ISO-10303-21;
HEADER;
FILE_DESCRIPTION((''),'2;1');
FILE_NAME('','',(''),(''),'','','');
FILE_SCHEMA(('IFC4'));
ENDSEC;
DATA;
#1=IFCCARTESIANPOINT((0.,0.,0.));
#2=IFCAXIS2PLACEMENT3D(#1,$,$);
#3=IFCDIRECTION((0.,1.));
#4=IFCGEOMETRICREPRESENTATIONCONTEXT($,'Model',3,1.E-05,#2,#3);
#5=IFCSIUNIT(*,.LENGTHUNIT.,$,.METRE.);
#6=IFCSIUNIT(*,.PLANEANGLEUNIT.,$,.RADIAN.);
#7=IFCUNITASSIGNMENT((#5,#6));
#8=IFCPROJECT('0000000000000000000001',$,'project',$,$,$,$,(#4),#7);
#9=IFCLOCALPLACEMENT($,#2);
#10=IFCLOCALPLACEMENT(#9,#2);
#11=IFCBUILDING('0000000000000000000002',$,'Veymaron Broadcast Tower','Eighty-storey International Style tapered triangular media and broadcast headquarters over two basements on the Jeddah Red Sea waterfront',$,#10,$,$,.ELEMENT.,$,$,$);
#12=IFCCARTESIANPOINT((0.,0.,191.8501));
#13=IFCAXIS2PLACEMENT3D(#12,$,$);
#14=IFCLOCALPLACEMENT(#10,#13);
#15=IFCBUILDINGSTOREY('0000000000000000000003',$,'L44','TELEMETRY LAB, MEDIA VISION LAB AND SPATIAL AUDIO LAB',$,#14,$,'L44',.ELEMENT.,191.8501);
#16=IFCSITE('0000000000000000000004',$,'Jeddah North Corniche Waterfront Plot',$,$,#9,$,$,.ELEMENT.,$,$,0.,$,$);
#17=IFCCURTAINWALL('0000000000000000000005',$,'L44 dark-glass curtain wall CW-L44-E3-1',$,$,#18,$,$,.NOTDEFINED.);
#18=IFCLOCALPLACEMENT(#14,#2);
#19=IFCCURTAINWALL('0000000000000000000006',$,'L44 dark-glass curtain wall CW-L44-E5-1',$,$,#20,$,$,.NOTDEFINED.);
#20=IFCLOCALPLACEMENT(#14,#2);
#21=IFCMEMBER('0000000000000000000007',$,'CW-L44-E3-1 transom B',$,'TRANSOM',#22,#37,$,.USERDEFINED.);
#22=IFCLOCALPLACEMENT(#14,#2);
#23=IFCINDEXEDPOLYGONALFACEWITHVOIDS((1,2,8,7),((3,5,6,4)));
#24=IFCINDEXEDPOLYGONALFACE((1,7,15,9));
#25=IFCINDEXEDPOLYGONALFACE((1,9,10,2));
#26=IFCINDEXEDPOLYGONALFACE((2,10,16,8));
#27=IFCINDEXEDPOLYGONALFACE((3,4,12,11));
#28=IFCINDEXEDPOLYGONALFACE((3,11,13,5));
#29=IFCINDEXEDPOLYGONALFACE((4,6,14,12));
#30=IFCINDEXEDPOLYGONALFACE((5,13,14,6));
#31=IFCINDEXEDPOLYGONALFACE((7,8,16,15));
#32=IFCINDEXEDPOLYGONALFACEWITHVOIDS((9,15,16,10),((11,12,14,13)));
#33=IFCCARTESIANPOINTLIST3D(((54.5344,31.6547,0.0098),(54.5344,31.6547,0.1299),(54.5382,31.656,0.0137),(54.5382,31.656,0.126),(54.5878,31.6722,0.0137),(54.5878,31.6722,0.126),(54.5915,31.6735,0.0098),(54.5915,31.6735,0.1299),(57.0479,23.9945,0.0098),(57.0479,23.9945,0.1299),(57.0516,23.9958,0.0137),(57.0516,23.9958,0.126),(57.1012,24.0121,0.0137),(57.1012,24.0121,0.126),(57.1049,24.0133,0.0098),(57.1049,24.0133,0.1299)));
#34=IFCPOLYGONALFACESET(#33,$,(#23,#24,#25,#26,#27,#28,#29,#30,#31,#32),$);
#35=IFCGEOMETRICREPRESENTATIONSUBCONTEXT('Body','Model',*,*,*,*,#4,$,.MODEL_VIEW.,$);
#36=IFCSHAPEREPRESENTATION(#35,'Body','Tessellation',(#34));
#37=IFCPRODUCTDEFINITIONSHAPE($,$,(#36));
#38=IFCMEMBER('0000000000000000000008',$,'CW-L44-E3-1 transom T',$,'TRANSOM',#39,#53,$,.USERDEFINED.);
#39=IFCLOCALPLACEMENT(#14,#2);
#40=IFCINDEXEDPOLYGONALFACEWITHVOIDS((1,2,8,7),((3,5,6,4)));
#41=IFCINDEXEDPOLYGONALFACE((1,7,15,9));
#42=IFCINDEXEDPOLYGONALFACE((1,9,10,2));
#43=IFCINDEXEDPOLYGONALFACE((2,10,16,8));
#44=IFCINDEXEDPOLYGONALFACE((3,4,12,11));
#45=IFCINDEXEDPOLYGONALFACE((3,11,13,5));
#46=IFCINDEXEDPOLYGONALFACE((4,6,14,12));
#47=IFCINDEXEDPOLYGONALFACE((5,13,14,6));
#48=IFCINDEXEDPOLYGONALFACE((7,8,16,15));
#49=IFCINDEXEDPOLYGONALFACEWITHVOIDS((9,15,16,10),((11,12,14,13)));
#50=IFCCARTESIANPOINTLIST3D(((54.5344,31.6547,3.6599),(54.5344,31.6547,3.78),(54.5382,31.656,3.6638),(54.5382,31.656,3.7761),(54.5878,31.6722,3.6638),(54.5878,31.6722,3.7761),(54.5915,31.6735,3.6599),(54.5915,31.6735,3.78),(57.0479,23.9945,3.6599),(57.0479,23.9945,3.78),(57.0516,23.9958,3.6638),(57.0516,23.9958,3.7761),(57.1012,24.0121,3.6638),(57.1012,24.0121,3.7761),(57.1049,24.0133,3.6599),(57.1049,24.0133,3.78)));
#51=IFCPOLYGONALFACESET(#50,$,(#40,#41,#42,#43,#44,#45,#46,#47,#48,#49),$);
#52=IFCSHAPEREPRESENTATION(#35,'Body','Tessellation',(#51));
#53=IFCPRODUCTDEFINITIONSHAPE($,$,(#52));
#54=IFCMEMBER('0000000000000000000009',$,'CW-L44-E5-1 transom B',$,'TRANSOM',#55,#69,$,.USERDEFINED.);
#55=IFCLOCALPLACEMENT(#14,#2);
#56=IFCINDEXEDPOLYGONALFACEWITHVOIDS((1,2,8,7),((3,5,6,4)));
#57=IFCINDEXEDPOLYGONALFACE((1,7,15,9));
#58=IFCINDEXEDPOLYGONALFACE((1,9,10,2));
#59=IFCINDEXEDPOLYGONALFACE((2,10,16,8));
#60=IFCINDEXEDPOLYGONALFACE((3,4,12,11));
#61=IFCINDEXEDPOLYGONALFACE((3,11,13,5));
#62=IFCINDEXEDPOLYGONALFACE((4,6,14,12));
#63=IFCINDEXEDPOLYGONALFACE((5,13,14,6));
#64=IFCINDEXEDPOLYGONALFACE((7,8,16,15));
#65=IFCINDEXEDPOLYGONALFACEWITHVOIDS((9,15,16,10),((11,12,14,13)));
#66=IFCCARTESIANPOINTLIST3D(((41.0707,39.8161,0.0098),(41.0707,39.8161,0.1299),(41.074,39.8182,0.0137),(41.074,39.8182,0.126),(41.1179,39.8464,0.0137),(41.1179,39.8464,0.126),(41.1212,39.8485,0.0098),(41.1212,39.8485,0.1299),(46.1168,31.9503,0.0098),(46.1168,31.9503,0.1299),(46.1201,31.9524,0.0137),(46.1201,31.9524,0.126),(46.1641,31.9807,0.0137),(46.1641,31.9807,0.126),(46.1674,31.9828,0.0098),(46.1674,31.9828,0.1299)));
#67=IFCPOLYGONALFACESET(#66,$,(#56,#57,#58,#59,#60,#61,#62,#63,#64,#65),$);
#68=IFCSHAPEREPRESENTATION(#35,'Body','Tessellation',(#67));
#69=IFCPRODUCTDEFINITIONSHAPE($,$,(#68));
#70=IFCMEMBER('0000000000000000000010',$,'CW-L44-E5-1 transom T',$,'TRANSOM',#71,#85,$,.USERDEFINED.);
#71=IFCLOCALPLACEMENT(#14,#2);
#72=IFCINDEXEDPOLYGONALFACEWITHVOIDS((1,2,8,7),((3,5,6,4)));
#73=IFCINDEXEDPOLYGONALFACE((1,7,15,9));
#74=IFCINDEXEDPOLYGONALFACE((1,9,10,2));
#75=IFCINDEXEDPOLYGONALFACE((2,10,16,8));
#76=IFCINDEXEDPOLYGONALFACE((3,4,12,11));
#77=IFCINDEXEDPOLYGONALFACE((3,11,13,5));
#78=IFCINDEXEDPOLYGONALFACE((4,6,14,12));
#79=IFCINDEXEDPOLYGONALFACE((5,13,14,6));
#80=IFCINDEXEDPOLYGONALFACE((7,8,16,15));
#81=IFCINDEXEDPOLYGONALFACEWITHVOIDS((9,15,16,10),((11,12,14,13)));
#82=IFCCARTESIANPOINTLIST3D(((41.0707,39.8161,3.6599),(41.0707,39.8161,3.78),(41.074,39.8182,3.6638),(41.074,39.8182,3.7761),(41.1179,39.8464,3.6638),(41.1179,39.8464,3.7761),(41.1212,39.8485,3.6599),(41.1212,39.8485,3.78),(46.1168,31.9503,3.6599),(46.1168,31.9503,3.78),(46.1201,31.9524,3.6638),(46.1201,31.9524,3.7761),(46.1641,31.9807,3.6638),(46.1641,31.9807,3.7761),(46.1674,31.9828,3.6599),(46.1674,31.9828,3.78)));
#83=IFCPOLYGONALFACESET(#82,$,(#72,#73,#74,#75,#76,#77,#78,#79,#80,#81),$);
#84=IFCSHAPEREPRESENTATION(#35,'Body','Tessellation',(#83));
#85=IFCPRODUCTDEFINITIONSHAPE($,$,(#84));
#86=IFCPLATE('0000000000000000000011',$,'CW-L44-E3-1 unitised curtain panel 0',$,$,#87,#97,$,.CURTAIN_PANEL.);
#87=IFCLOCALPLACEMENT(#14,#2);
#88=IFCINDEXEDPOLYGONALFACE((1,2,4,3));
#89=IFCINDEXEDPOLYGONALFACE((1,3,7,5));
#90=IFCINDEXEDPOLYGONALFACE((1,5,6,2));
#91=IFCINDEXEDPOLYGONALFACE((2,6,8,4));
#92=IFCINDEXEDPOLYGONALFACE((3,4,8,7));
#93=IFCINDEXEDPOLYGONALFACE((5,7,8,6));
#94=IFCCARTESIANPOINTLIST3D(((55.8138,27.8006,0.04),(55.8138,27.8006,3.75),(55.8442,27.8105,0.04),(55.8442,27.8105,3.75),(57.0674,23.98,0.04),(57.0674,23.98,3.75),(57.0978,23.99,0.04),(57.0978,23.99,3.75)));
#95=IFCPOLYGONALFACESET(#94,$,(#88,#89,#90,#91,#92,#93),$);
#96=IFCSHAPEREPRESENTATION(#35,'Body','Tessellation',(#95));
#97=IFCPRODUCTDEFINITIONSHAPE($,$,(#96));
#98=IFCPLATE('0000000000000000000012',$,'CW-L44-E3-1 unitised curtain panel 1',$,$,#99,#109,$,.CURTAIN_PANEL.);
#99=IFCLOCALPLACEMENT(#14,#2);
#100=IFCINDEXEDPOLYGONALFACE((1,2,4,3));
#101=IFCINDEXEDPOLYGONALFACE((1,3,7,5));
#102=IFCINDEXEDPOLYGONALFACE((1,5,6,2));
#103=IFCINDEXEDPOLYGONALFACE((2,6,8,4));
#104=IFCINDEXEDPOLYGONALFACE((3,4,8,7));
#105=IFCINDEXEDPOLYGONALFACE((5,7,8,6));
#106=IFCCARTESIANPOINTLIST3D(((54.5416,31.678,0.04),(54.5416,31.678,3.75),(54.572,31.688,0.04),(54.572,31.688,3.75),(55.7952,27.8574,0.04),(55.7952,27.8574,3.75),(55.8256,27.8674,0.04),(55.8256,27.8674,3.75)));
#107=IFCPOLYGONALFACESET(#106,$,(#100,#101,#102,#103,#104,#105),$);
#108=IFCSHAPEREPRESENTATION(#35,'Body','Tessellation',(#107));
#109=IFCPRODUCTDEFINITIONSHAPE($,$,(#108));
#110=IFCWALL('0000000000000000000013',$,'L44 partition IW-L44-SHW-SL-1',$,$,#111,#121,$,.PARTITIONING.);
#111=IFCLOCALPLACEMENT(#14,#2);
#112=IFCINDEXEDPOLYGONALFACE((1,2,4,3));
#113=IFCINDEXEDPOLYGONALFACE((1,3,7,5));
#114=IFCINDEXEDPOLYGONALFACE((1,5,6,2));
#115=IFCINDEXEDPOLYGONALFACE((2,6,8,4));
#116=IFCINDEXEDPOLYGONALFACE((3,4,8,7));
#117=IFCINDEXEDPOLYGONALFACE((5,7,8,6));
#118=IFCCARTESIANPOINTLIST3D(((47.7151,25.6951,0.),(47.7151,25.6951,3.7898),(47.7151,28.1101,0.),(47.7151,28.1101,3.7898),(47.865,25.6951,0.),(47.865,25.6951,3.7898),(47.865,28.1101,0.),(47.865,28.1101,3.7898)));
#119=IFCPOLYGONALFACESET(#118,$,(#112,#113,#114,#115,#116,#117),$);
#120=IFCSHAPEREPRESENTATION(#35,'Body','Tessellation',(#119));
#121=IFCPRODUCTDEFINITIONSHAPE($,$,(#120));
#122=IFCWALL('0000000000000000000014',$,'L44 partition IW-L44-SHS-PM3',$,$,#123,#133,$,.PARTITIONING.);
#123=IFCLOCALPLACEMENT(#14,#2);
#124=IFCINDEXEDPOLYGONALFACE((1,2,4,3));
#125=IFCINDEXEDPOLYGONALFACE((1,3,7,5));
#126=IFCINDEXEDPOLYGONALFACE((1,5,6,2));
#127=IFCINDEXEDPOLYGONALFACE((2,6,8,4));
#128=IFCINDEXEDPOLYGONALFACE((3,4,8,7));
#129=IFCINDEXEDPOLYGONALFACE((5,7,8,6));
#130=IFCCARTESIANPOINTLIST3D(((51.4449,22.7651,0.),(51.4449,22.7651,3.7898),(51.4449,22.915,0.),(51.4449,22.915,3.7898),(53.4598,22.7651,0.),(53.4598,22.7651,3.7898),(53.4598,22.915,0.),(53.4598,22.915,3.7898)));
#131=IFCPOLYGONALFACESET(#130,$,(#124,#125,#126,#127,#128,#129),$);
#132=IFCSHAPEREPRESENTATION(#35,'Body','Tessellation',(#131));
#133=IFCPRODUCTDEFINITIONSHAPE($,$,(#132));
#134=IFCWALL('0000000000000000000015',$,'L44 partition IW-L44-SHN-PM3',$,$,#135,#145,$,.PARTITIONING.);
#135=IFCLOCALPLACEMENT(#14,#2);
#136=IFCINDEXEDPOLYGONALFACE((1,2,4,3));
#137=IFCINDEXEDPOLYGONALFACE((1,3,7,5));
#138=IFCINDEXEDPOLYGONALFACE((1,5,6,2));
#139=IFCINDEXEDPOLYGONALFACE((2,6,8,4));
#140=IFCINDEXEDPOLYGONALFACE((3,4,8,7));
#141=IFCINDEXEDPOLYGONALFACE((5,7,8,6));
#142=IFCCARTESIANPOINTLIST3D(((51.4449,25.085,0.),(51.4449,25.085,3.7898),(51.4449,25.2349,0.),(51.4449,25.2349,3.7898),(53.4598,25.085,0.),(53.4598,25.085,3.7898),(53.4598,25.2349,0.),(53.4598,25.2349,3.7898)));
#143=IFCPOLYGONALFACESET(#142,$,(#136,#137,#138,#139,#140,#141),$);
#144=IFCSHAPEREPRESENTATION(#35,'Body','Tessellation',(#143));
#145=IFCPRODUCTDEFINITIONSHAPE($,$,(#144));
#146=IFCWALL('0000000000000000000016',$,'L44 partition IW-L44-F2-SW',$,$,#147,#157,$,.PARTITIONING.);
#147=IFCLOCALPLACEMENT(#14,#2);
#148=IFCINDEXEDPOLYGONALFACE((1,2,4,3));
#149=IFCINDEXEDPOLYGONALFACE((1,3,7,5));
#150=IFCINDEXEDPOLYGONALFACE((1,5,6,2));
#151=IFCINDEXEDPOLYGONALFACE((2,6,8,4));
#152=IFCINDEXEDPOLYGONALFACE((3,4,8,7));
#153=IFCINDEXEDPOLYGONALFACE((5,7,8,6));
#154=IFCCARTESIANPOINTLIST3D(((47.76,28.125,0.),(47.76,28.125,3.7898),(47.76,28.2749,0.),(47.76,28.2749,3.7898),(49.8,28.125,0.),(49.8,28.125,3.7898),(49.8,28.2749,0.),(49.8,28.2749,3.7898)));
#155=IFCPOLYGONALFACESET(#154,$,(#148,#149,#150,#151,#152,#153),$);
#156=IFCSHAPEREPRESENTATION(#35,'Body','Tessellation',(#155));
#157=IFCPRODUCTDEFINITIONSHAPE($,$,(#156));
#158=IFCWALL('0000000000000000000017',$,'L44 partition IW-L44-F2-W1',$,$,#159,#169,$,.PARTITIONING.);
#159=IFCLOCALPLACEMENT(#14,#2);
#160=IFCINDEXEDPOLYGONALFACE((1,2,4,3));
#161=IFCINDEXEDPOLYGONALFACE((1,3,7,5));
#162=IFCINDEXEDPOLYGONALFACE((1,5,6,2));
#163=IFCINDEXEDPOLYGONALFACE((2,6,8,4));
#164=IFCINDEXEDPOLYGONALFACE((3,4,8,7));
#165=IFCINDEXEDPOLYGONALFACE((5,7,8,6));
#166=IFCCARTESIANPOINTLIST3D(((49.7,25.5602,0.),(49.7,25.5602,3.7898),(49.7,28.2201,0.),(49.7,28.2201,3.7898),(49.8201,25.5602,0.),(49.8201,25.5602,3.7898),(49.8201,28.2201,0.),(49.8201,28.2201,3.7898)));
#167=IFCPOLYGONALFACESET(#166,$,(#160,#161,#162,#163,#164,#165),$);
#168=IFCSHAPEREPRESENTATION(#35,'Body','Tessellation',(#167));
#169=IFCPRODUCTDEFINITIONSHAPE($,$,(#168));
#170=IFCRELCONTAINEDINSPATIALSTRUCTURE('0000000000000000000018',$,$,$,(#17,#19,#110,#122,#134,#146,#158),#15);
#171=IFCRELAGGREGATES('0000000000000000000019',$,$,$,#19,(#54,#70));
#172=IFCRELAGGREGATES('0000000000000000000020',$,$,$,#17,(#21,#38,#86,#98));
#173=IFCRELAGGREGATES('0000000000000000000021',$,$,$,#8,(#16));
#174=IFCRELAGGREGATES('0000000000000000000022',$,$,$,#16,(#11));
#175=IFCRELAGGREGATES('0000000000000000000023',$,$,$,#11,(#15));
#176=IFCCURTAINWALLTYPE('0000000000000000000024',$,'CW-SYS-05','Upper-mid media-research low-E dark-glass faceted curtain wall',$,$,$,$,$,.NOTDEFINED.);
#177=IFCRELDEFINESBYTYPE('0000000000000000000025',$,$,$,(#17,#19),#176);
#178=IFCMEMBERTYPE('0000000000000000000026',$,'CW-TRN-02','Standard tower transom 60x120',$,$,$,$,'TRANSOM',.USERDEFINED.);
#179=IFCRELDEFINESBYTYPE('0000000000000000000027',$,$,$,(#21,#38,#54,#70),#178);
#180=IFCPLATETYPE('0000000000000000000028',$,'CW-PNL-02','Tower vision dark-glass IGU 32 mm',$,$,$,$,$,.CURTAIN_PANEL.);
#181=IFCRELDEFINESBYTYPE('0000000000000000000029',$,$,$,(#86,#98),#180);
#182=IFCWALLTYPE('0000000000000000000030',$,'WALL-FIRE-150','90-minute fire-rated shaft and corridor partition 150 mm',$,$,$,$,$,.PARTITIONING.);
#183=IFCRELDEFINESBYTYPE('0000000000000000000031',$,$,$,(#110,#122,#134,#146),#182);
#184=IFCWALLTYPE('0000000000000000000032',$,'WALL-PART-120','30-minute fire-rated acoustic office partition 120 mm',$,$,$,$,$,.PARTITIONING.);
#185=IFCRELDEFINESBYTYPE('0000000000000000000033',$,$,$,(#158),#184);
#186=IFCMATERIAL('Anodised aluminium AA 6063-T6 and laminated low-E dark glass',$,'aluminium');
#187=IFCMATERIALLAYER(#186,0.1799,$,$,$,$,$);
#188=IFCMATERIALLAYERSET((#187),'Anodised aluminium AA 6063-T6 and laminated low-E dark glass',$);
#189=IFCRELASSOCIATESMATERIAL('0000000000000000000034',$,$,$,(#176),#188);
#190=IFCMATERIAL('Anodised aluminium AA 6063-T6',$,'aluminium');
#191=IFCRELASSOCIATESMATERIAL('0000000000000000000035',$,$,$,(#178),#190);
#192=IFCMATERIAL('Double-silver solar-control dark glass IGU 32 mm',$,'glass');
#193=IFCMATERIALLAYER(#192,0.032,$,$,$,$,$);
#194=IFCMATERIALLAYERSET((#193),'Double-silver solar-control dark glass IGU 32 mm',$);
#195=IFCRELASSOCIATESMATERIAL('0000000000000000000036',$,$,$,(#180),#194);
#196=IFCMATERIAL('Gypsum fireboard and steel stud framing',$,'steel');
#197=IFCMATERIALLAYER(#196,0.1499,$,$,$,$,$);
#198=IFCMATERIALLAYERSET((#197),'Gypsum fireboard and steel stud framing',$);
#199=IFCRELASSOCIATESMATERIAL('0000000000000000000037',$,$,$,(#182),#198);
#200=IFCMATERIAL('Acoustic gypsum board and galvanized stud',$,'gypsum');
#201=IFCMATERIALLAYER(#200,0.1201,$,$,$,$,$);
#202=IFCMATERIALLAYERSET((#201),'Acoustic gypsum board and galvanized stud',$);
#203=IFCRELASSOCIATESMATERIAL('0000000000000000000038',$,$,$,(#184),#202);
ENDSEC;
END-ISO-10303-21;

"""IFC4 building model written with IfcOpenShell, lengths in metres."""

from ifc_helpers import new_model, si_unit, direction, frame, frame_2d, origin, origin_2d, place, context, subcontext, project, spatial, rectangle, hollow_rectangle, extrude, material, layer, layer_set, material_profile, profile_set, type_object, element, aggregate, save


model = new_model("IFC4")

# Units and contexts
model_context = context("Model", 3, precision=1e-05, world=origin(), true_north=direction((0.0, 1.0)))
body_context = subcontext(model_context, "Body", "Model", "MODEL_VIEW")
ifc_project = project(units=[si_unit("LENGTHUNIT", "METRE"), si_unit("PLANEANGLEUNIT", "RADIAN")], contexts=[model_context])

# Site, building, storey
site_placement = place(None, origin())
site = spatial("IfcSite", under=ifc_project, at=site_placement, Name="Jeddah North Corniche Waterfront Plot", CompositionType="ELEMENT", RefElevation=0.0)
building_placement = place(site_placement, origin())
building = spatial("IfcBuilding", under=site, at=building_placement, Name="Veymaron Broadcast Tower", Description="Eighty-storey International Style tapered triangular media and broadcast headquarters over two basements on the Jeddah Red Sea waterfront", CompositionType="ELEMENT")
storey_placement = place(building_placement, frame((0.0, 0.0, 191.8501)))
storey = spatial("IfcBuildingStorey", under=building, at=storey_placement, Name="L44", Description="TELEMETRY LAB, MEDIA VISION LAB AND SPATIAL AUDIO LAB", LongName="L44", CompositionType="ELEMENT", Elevation=191.8501)

# Shared definitions
ifc_material_1 = material(Name="Anodised aluminium AA 6063-T6 and laminated low-E dark glass", Category="aluminium")
ifc_layer_1 = layer(ifc_material_1, 0.1799)
ifc_layer_set_1 = layer_set([ifc_layer_1], Name="Anodised aluminium AA 6063-T6 and laminated low-E dark glass")
curtain_wall_type = type_object("IfcCurtainWallType", Name="CW-SYS-05", Description="Upper-mid media-research low-E dark-glass faceted curtain wall", PredefinedType="NOTDEFINED", material=ifc_layer_set_1)
ifc_material_2 = material(Name="Anodised aluminium AA 6063-T6", Category="aluminium")

# Curtain wall
curtain_wall_1_placement = place(storey_placement, origin())
curtain_wall_1 = element("IfcCurtainWall", 1, at=curtain_wall_1_placement, inside=storey, type_object=curtain_wall_type, Name="L44 dark-glass curtain wall CW-L44-E3-1", PredefinedType="NOTDEFINED")

# Curtain wall
curtain_wall_2_placement = place(storey_placement, origin())
curtain_wall_2 = element("IfcCurtainWall", 2, at=curtain_wall_2_placement, inside=storey, type_object=curtain_wall_type, Name="L44 dark-glass curtain wall CW-L44-E5-1", PredefinedType="NOTDEFINED")

# Members
ifc_material_profile_1 = material_profile(ifc_material_2, hollow_rectangle(XDim=0.0601, YDim=0.1201, WallThickness=0.0039, at=origin_2d()), Name="AL120X60X4")
ifc_profile_set_1 = profile_set([ifc_material_profile_1], Name="Anodised aluminium AA 6063-T6")
member_type_1 = type_object("IfcMemberType", Name="CW-TRN-02", Description="Standard tower transom 60x120", ElementType="TRANSOM", PredefinedType="USERDEFINED", material=ifc_profile_set_1)
member_1_placement = place(storey_placement, frame((57.0764, 24.0039, 0.0698), z_axis=(-0.311764, 0.95016, 0.0), x_axis=(-0.95016, -0.311764, 0.0)))
member_1 = element("IfcMember", 3, at=member_1_placement, type_object=member_type_1, Name="CW-L44-E3-1 transom B", ObjectType="TRANSOM", PredefinedType="USERDEFINED", context=body_context, shape_type="SweptSolid", body=[
    extrude(hollow_rectangle(XDim=0.0601, YDim=0.1201, WallThickness=0.0039, at=origin_2d()), origin(), (0.0, 0.0, 1.0), 8.062),
])
member_2_placement = place(storey_placement, frame((57.0764, 24.0039, 3.72), z_axis=(-0.311764, 0.95016, 0.0), x_axis=(-0.95016, -0.311764, 0.0)))
member_2 = element("IfcMember", 4, at=member_2_placement, type_object=member_type_1, Name="CW-L44-E3-1 transom T", ObjectType="TRANSOM", PredefinedType="USERDEFINED", context=body_context, shape_type="SweptSolid", body=[
    extrude(hollow_rectangle(XDim=0.0601, YDim=0.1201, WallThickness=0.0039, at=origin_2d()), origin(), (0.0, 0.0, 1.0), 8.062),
])
member_3_placement = place(storey_placement, frame((46.1421, 31.9666, 0.0698), z_axis=(-0.53997, 0.841684, 0.0), x_axis=(-0.841684, -0.53997, 0.0)))
member_3 = element("IfcMember", 5, at=member_3_placement, type_object=member_type_1, Name="CW-L44-E5-1 transom B", ObjectType="TRANSOM", PredefinedType="USERDEFINED", context=body_context, shape_type="SweptSolid", body=[
    extrude(hollow_rectangle(XDim=0.0601, YDim=0.1201, WallThickness=0.0039, at=origin_2d()), origin(), (0.0, 0.0, 1.0), 9.3452),
])
member_4_placement = place(storey_placement, frame((46.1421, 31.9666, 3.72), z_axis=(-0.53997, 0.841684, 0.0), x_axis=(-0.841684, -0.53997, 0.0)))
member_4 = element("IfcMember", 6, at=member_4_placement, type_object=member_type_1, Name="CW-L44-E5-1 transom T", ObjectType="TRANSOM", PredefinedType="USERDEFINED", context=body_context, shape_type="SweptSolid", body=[
    extrude(hollow_rectangle(XDim=0.0601, YDim=0.1201, WallThickness=0.0039, at=origin_2d()), origin(), (0.0, 0.0, 1.0), 9.3452),
])
aggregate(curtain_wall_2, [member_3, member_4])

# Plates
ifc_material_3 = material(Name="Double-silver solar-control dark glass IGU 32 mm", Category="glass")
ifc_layer_2 = layer(ifc_material_3, 0.032)
ifc_layer_set_2 = layer_set([ifc_layer_2], Name="Double-silver solar-control dark glass IGU 32 mm")
plate_type = type_object("IfcPlateType", Name="CW-PNL-02", Description="Tower vision dark-glass IGU 32 mm", PredefinedType="CURTAIN_PANEL", material=ifc_layer_set_2)
plate_1_placement = place(storey_placement, frame((56.4558, 25.8953, 0.04), z_axis=(0.0, 0.0, 1.0), x_axis=(-0.311771, 0.950157, 0.0)))
plate_1 = element("IfcPlate", 7, at=plate_1_placement, type_object=plate_type, Name="CW-L44-E3-1 unitised curtain panel 0", PredefinedType="CURTAIN_PANEL", context=body_context, shape_type="SweptSolid", body=[
    extrude(rectangle(XDim=4.021, YDim=0.032, at=origin_2d()), origin(), (0.0, 0.0, 1.0), 3.71),
])
plate_2_placement = place(storey_placement, frame((55.1836, 29.7727, 0.04), z_axis=(0.0, 0.0, 1.0), x_axis=(-0.311771, 0.950157, 0.0)))
plate_2 = element("IfcPlate", 8, at=plate_2_placement, type_object=plate_type, Name="CW-L44-E3-1 unitised curtain panel 1", PredefinedType="CURTAIN_PANEL", context=body_context, shape_type="SweptSolid", body=[
    extrude(rectangle(XDim=4.021, YDim=0.032, at=origin_2d()), origin(), (0.0, 0.0, 1.0), 3.71),
])
aggregate(curtain_wall_1, [member_1, member_2, plate_1, plate_2])

# Shared definitions
ifc_material_4 = material(Name="Gypsum fireboard and steel stud framing", Category="steel")
ifc_layer_3 = layer(ifc_material_4, 0.1499)
ifc_layer_set_3 = layer_set([ifc_layer_3], Name="Gypsum fireboard and steel stud framing")
wall_type_1 = type_object("IfcWallType", Name="WALL-FIRE-150", Description="90-minute fire-rated shaft and corridor partition 150 mm", PredefinedType="PARTITIONING", material=ifc_layer_set_3)

# Wall
wall_1_placement = place(storey_placement, frame((47.79, 25.6951, 0.0), z_axis=(0.0, 0.0, 1.0), x_axis=(0.0, 1.0, 0.0)))
element("IfcWall", 9, at=wall_1_placement, inside=storey, type_object=wall_type_1, Name="L44 partition IW-L44-SHW-SL-1", PredefinedType="PARTITIONING", context=body_context, shape_type="SweptSolid", body=[
    extrude(rectangle(XDim=2.415, YDim=0.1499, at=frame_2d((1.2075, 0.0))), origin(), (0.0, 0.0, 1.0), 3.7898),
])

# Walls
for number, where, z_axis, x_axis, name in (
    (10, (51.4451, 22.8401, 0.0), (0.0, 0.0, 1.0), (1.0, 0.0, 0.0), "L44 partition IW-L44-SHS-PM3"),
    (11, (51.4451, 25.1599, 0.0), (0.0, 0.0, 1.0), (1.0, 0.0, 0.0), "L44 partition IW-L44-SHN-PM3"),
):
    element("IfcWall", number, at=place(storey_placement, frame(where, z_axis=z_axis, x_axis=x_axis)), inside=storey, type_object=wall_type_1, Name=name, PredefinedType="PARTITIONING", context=body_context, shape_type="SweptSolid", body=[
        extrude(rectangle(XDim=2.0149, YDim=0.1499, at=frame_2d((1.0073, 0.0))), origin(), (0.0, 0.0, 1.0), 3.7898),
    ])
wall_2_placement = place(storey_placement, frame((47.76, 28.2, 0.0), z_axis=(0.0, 0.0, 1.0), x_axis=(1.0, 0.0, 0.0)))
element("IfcWall", 12, at=wall_2_placement, inside=storey, type_object=wall_type_1, Name="L44 partition IW-L44-F2-SW", PredefinedType="PARTITIONING", context=body_context, shape_type="SweptSolid", body=[
    extrude(rectangle(XDim=2.04, YDim=0.1499, at=frame_2d((1.02, 0.0))), origin(), (0.0, 0.0, 1.0), 3.7898),
])
ifc_material_5 = material(Name="Acoustic gypsum board and galvanized stud", Category="gypsum")
ifc_layer_4 = layer(ifc_material_5, 0.1201)
ifc_layer_set_4 = layer_set([ifc_layer_4], Name="Acoustic gypsum board and galvanized stud")
wall_type_2 = type_object("IfcWallType", Name="WALL-PART-120", Description="30-minute fire-rated acoustic office partition 120 mm", PredefinedType="PARTITIONING", material=ifc_layer_set_4)
wall_3_placement = place(storey_placement, frame((49.76, 25.5601, 0.0), z_axis=(0.0, 0.0, 1.0), x_axis=(0.0, 1.0, 0.0)))
element("IfcWall", 13, at=wall_3_placement, inside=storey, type_object=wall_type_2, Name="L44 partition IW-L44-F2-W1", PredefinedType="PARTITIONING", context=body_context, shape_type="SweptSolid", body=[
    extrude(rectangle(XDim=2.6599, YDim=0.1201, at=frame_2d((1.3301, 0.0))), origin(), (0.0, 0.0, 1.0), 3.7898),
])

save(model, "model.ifc")
